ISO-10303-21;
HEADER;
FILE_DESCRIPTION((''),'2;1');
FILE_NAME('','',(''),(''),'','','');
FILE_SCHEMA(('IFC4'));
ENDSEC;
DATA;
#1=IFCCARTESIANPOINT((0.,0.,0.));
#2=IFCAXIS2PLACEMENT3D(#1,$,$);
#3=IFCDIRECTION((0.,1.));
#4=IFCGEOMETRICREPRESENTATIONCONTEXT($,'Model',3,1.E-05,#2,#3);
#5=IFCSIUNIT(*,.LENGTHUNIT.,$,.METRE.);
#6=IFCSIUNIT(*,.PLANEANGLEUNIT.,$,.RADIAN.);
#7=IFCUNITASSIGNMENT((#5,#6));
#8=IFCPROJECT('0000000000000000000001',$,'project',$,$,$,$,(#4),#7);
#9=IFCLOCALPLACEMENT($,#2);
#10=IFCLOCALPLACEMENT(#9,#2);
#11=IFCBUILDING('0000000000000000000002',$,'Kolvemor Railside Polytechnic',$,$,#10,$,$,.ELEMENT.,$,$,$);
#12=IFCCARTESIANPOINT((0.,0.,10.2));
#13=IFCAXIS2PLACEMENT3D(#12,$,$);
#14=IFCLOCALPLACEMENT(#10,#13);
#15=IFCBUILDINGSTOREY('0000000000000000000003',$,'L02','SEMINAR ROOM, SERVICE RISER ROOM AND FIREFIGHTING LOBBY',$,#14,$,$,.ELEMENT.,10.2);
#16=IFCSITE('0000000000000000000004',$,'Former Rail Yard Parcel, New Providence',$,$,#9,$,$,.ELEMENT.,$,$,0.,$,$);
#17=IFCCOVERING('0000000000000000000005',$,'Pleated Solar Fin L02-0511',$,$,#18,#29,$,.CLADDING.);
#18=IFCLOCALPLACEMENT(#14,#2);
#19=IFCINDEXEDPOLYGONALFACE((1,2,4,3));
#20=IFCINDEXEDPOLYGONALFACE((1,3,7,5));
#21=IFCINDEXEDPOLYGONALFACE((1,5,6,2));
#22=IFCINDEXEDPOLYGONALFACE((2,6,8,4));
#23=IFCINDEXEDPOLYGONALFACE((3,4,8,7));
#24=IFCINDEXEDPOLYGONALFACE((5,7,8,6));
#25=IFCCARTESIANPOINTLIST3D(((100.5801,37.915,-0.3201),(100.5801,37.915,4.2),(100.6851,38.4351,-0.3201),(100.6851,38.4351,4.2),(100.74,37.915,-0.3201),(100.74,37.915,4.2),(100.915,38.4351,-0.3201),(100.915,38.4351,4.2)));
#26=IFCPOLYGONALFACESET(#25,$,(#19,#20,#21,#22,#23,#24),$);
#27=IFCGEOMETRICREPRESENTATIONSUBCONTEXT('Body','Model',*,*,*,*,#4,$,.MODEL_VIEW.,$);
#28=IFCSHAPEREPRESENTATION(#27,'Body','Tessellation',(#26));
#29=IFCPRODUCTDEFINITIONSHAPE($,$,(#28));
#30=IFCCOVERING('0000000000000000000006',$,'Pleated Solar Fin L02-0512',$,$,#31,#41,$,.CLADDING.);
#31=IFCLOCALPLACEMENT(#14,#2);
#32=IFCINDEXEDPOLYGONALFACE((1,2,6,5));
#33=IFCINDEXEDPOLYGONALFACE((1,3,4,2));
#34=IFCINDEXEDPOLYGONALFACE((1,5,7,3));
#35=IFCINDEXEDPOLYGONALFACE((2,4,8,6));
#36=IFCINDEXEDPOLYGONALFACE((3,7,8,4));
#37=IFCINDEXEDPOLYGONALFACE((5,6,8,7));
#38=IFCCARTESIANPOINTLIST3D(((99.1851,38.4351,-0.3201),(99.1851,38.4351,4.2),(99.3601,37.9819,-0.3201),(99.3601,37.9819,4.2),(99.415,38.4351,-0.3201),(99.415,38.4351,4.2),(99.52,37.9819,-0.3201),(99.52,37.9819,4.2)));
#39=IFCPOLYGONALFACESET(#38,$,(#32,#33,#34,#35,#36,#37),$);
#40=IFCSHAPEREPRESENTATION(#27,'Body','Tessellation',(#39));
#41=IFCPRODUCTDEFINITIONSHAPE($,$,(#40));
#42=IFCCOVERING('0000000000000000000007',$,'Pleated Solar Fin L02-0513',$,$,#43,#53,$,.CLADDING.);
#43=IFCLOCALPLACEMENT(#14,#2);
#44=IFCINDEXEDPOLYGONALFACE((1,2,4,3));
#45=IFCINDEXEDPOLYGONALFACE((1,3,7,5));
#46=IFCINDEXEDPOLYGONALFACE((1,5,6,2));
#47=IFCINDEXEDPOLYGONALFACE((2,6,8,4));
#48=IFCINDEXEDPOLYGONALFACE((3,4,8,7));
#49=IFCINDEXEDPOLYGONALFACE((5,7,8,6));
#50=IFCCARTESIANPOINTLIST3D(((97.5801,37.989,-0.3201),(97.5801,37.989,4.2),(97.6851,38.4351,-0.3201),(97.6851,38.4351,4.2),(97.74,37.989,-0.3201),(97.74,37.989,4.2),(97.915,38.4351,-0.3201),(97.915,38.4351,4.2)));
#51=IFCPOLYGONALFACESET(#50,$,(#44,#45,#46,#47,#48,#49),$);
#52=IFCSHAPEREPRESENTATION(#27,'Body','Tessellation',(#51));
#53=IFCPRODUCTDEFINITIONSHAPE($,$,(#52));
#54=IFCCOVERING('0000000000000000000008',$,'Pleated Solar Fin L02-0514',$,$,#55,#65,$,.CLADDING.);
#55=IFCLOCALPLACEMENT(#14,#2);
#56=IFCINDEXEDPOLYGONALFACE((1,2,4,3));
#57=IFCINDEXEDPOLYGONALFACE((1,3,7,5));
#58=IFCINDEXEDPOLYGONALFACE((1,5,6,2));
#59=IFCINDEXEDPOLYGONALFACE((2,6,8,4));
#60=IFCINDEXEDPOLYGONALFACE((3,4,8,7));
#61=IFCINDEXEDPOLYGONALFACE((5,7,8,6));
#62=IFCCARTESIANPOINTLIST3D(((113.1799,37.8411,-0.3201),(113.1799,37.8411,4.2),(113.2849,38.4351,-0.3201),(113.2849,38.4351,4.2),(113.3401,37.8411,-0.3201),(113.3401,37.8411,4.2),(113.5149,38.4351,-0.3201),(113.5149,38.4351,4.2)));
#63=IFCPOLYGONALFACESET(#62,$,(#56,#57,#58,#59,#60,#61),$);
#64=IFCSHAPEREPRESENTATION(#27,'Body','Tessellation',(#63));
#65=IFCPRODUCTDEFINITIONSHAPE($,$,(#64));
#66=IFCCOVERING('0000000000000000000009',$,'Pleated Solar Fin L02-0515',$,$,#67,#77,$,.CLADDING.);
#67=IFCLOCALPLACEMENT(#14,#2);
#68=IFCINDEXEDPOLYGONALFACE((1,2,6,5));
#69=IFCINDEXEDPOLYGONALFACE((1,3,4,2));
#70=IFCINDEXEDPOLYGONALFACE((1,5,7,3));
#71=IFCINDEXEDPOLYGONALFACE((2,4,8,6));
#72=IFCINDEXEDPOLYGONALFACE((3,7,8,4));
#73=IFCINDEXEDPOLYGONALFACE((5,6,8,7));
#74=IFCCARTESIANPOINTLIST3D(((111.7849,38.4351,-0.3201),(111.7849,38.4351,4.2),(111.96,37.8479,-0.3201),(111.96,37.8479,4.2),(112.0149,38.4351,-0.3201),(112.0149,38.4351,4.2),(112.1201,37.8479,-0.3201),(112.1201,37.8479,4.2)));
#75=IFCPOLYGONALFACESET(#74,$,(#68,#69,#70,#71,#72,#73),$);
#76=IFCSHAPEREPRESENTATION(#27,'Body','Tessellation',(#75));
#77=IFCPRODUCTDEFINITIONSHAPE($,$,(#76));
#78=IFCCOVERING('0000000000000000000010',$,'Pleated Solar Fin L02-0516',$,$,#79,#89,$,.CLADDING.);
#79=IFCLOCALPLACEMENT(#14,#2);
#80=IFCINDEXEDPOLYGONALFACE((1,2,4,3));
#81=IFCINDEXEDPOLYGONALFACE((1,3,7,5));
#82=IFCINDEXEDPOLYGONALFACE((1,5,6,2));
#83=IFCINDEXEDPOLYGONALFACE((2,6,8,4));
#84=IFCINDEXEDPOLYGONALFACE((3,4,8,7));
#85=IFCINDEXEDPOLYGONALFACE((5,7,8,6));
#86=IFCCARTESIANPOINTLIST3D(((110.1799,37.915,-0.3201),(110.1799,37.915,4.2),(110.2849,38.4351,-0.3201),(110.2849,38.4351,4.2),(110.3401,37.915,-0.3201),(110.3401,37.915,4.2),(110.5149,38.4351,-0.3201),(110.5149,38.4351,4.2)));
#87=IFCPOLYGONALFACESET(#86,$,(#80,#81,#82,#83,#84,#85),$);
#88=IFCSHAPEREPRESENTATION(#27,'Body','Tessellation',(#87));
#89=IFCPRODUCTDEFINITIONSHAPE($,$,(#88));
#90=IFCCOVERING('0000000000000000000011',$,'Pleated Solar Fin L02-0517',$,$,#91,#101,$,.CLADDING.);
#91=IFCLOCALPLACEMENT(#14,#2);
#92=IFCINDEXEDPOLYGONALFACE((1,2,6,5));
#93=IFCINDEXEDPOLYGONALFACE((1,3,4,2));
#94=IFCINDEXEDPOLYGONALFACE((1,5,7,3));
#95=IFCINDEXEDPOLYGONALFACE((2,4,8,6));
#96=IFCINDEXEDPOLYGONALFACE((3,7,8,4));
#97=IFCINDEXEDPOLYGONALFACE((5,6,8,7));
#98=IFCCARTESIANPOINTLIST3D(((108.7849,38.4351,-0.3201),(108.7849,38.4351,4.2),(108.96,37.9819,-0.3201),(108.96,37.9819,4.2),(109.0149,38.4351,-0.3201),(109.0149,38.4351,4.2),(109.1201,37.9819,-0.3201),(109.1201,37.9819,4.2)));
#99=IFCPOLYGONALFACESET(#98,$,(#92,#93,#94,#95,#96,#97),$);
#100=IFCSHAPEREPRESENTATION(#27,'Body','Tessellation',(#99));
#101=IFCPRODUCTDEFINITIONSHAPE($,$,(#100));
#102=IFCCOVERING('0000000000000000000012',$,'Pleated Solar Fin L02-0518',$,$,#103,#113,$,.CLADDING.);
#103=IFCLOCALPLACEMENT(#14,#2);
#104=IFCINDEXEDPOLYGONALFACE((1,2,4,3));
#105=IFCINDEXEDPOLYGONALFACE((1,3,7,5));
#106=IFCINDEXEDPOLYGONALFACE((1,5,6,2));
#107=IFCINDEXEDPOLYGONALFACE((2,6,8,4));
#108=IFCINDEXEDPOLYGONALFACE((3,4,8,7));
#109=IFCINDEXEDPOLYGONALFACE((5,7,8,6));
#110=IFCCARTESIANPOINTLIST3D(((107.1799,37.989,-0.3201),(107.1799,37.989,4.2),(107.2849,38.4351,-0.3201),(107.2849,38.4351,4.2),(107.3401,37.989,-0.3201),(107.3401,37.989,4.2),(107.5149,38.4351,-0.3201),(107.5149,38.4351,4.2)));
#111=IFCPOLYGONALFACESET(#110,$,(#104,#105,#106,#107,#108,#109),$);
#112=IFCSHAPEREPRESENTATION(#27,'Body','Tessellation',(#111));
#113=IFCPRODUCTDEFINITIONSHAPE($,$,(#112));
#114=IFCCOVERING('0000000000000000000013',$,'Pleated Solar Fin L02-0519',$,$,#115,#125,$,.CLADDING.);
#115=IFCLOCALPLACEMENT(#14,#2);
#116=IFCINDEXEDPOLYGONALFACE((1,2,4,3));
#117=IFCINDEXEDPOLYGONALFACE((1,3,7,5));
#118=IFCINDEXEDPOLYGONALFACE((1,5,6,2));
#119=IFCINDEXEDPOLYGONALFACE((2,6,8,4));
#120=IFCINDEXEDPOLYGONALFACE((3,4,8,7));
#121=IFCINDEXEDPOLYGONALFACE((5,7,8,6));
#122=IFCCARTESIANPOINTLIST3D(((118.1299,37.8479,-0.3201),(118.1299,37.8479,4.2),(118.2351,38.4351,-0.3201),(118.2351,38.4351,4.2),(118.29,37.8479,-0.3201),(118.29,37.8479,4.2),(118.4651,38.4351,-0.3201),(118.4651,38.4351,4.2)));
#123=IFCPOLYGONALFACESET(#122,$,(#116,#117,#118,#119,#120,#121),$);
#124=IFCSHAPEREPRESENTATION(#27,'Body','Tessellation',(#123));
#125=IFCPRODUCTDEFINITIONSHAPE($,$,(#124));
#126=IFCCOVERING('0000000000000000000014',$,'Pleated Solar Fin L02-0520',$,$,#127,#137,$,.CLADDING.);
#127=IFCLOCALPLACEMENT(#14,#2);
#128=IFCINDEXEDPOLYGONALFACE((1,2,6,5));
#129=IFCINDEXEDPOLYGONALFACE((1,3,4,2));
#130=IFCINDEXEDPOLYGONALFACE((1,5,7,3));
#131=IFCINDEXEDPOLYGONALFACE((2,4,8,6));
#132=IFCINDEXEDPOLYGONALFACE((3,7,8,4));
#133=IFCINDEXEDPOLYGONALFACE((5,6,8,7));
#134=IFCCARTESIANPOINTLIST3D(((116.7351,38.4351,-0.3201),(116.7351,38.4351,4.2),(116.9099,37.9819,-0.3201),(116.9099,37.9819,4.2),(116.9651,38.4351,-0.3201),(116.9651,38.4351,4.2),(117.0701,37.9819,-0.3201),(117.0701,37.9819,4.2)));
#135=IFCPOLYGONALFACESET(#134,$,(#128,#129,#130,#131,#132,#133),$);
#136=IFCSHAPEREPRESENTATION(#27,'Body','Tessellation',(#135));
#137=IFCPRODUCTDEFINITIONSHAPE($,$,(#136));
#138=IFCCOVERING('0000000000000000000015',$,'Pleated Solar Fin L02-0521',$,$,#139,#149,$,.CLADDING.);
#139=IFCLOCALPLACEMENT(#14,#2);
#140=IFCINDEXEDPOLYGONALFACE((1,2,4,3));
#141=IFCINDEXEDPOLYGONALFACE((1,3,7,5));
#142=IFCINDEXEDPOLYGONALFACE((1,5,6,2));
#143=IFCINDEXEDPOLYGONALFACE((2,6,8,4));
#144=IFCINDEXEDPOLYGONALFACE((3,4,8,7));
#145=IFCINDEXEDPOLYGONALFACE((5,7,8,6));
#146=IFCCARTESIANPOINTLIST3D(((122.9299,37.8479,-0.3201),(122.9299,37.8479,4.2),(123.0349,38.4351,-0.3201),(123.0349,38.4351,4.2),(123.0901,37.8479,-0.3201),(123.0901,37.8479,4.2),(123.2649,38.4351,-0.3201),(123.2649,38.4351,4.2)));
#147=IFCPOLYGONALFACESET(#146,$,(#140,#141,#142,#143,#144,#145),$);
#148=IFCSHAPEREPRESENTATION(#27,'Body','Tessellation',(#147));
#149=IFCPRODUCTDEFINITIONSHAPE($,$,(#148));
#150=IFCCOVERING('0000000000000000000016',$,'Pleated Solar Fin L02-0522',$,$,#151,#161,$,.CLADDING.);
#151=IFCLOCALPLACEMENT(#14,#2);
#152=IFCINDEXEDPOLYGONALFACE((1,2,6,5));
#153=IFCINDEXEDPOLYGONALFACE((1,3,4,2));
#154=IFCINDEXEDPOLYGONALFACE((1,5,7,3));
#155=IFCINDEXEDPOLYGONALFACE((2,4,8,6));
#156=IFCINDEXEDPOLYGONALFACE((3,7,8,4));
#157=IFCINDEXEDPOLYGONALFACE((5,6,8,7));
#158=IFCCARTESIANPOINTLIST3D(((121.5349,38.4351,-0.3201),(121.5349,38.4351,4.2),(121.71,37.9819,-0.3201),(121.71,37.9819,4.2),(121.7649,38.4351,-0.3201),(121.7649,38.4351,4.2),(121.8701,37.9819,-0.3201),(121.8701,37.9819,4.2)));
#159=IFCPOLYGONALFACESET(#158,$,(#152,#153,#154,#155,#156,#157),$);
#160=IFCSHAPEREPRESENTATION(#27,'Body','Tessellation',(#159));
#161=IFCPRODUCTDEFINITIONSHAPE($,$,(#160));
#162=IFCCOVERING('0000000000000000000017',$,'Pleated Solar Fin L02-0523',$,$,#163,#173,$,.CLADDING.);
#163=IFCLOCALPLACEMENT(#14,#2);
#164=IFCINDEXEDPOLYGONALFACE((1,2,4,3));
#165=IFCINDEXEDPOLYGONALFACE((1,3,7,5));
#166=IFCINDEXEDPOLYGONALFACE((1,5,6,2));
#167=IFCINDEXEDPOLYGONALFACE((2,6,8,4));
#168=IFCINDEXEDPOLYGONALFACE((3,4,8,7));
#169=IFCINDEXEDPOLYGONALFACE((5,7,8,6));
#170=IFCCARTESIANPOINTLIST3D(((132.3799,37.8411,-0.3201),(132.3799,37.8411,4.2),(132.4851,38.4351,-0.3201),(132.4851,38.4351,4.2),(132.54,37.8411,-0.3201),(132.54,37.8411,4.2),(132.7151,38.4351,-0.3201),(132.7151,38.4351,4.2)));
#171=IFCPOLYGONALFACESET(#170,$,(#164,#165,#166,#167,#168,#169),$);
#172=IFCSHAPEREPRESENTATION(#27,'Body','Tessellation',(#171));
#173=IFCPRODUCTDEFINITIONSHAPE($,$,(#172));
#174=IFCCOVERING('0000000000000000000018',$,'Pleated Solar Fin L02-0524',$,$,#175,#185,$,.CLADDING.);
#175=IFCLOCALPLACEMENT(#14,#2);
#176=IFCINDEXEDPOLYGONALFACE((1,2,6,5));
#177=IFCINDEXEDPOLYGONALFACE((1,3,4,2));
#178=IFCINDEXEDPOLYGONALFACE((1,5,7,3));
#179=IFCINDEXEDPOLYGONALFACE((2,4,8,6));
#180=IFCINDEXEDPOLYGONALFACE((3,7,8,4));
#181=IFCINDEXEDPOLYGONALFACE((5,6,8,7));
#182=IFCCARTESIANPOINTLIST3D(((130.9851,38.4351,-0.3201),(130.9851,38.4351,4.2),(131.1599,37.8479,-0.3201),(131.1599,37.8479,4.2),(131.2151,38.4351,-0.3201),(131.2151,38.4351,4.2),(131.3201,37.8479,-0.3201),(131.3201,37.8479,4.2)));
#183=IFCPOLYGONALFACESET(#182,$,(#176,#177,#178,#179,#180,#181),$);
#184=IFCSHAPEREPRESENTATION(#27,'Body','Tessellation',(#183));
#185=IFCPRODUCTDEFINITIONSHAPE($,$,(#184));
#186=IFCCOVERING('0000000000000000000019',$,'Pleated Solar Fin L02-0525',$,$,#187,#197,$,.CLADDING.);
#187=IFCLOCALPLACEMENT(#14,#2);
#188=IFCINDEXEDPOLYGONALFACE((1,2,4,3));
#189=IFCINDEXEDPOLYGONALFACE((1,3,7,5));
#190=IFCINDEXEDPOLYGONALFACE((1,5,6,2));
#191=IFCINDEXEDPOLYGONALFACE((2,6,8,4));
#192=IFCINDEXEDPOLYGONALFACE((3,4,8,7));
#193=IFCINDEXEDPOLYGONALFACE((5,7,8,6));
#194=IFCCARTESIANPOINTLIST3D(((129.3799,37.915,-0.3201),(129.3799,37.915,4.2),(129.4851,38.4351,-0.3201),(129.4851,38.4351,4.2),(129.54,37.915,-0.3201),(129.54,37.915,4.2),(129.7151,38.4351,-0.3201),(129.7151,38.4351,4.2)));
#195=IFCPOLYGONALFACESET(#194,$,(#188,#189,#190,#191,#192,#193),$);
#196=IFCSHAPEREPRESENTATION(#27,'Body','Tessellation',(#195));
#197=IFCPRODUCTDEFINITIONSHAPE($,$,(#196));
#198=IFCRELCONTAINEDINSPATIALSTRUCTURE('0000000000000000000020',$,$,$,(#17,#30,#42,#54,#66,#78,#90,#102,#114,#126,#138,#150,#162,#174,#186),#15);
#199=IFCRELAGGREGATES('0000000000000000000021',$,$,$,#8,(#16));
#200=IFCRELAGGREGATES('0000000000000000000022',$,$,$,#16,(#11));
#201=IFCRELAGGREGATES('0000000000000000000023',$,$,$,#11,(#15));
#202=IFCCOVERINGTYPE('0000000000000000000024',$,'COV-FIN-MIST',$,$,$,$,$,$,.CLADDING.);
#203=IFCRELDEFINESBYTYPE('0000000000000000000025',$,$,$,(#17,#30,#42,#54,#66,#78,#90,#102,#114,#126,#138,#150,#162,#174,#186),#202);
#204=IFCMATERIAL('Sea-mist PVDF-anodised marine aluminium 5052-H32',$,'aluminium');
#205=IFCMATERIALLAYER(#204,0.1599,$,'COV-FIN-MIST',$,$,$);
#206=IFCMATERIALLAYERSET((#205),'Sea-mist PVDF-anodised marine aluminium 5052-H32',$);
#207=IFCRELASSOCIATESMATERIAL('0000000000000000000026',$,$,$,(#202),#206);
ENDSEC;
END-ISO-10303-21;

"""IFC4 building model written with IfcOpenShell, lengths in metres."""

from ifc_helpers import new_model, si_unit, direction, frame, origin, place, context, subcontext, project, spatial, polyline, outline, extrude, material, layer, layer_set, type_object, element, save


model = new_model("IFC4")

# Units and contexts
model_context = context("Model", 3, precision=1e-05, world=origin(), true_north=direction((0.0, 1.0)))
body_context = subcontext(model_context, "Body", "Model", "MODEL_VIEW")
ifc_project = project(units=[si_unit("LENGTHUNIT", "METRE"), si_unit("PLANEANGLEUNIT", "RADIAN")], contexts=[model_context])

# Site, building, storey
site_placement = place(None, origin())
site = spatial("IfcSite", under=ifc_project, at=site_placement, Name="Former Rail Yard Parcel, New Providence", CompositionType="ELEMENT", RefElevation=0.0)
building_placement = place(site_placement, origin())
building = spatial("IfcBuilding", under=site, at=building_placement, Name="Kolvemor Railside Polytechnic", CompositionType="ELEMENT")
storey_placement = place(building_placement, frame((0.0, 0.0, 10.2)))
storey = spatial("IfcBuildingStorey", under=building, at=storey_placement, Name="L02", Description="SEMINAR ROOM, SERVICE RISER ROOM AND FIREFIGHTING LOBBY", CompositionType="ELEMENT", Elevation=10.2)

# Coverings
ifc_material_1 = material(Name="Sea-mist PVDF-anodised marine aluminium 5052-H32", Category="aluminium")
ifc_layer_1 = layer(ifc_material_1, 0.1599, Name="COV-FIN-MIST")
ifc_layer_set_1 = layer_set([ifc_layer_1], Name="Sea-mist PVDF-anodised marine aluminium 5052-H32")
covering_type_1 = type_object("IfcCoveringType", Name="COV-FIN-MIST", PredefinedType="CLADDING", material=ifc_layer_set_1)
covering_1_placement = place(storey_placement, frame((0.0, 0.0, -0.3201)))
element("IfcCovering", 1, at=covering_1_placement, inside=storey, type_object=covering_type_1, Name="Pleated Solar Fin L02-0511", PredefinedType="CLADDING", context=body_context, shape_type="SweptSolid", body=[
    extrude(outline(polyline([(100.915, 38.4351), (100.6851, 38.4351), (100.5801, 37.915), (100.74, 37.915), (100.915, 38.4351)])), origin(), (0.0, 0.0, 1.0), 4.52),
])
covering_2_placement = place(storey_placement, frame((0.0, 0.0, -0.3201)))
element("IfcCovering", 2, at=covering_2_placement, inside=storey, type_object=covering_type_1, Name="Pleated Solar Fin L02-0512", PredefinedType="CLADDING", context=body_context, shape_type="SweptSolid", body=[
    extrude(outline(polyline([(99.415, 38.4351), (99.1851, 38.4351), (99.3601, 37.9819), (99.52, 37.9819), (99.415, 38.4351)])), origin(), (0.0, 0.0, 1.0), 4.52),
])
covering_3_placement = place(storey_placement, frame((0.0, 0.0, -0.3201)))
element("IfcCovering", 3, at=covering_3_placement, inside=storey, type_object=covering_type_1, Name="Pleated Solar Fin L02-0513", PredefinedType="CLADDING", context=body_context, shape_type="SweptSolid", body=[
    extrude(outline(polyline([(97.915, 38.4351), (97.6851, 38.4351), (97.5801, 37.989), (97.74, 37.989), (97.915, 38.4351)])), origin(), (0.0, 0.0, 1.0), 4.52),
])
covering_4_placement = place(storey_placement, frame((0.0, 0.0, -0.3201)))
element("IfcCovering", 4, at=covering_4_placement, inside=storey, type_object=covering_type_1, Name="Pleated Solar Fin L02-0514", PredefinedType="CLADDING", context=body_context, shape_type="SweptSolid", body=[
    extrude(outline(polyline([(113.5149, 38.4351), (113.2849, 38.4351), (113.1799, 37.8411), (113.3401, 37.8411), (113.5149, 38.4351)])), origin(), (0.0, 0.0, 1.0), 4.52),
])
covering_5_placement = place(storey_placement, frame((0.0, 0.0, -0.3201)))
element("IfcCovering", 5, at=covering_5_placement, inside=storey, type_object=covering_type_1, Name="Pleated Solar Fin L02-0515", PredefinedType="CLADDING", context=body_context, shape_type="SweptSolid", body=[
    extrude(outline(polyline([(112.0149, 38.4351), (111.7849, 38.4351), (111.96, 37.8479), (112.1201, 37.8479), (112.0149, 38.4351)])), origin(), (0.0, 0.0, 1.0), 4.52),
])
covering_6_placement = place(storey_placement, frame((0.0, 0.0, -0.3201)))
element("IfcCovering", 6, at=covering_6_placement, inside=storey, type_object=covering_type_1, Name="Pleated Solar Fin L02-0516", PredefinedType="CLADDING", context=body_context, shape_type="SweptSolid", body=[
    extrude(outline(polyline([(110.5149, 38.4351), (110.2849, 38.4351), (110.1799, 37.915), (110.3401, 37.915), (110.5149, 38.4351)])), origin(), (0.0, 0.0, 1.0), 4.52),
])
covering_7_placement = place(storey_placement, frame((0.0, 0.0, -0.3201)))
element("IfcCovering", 7, at=covering_7_placement, inside=storey, type_object=covering_type_1, Name="Pleated Solar Fin L02-0517", PredefinedType="CLADDING", context=body_context, shape_type="SweptSolid", body=[
    extrude(outline(polyline([(109.0149, 38.4351), (108.7849, 38.4351), (108.96, 37.9819), (109.1201, 37.9819), (109.0149, 38.4351)])), origin(), (0.0, 0.0, 1.0), 4.52),
])
covering_8_placement = place(storey_placement, frame((0.0, 0.0, -0.3201)))
element("IfcCovering", 8, at=covering_8_placement, inside=storey, type_object=covering_type_1, Name="Pleated Solar Fin L02-0518", PredefinedType="CLADDING", context=body_context, shape_type="SweptSolid", body=[
    extrude(outline(polyline([(107.5149, 38.4351), (107.2849, 38.4351), (107.1799, 37.989), (107.3401, 37.989), (107.5149, 38.4351)])), origin(), (0.0, 0.0, 1.0), 4.52),
])
covering_9_placement = place(storey_placement, frame((0.0, 0.0, -0.3201)))
element("IfcCovering", 9, at=covering_9_placement, inside=storey, type_object=covering_type_1, Name="Pleated Solar Fin L02-0519", PredefinedType="CLADDING", context=body_context, shape_type="SweptSolid", body=[
    extrude(outline(polyline([(118.4651, 38.4351), (118.2351, 38.4351), (118.1299, 37.8479), (118.29, 37.8479), (118.4651, 38.4351)])), origin(), (0.0, 0.0, 1.0), 4.52),
])
covering_10_placement = place(storey_placement, frame((0.0, 0.0, -0.3201)))
element("IfcCovering", 10, at=covering_10_placement, inside=storey, type_object=covering_type_1, Name="Pleated Solar Fin L02-0520", PredefinedType="CLADDING", context=body_context, shape_type="SweptSolid", body=[
    extrude(outline(polyline([(116.9651, 38.4351), (116.7351, 38.4351), (116.9099, 37.9819), (117.0701, 37.9819), (116.9651, 38.4351)])), origin(), (0.0, 0.0, 1.0), 4.52),
])
covering_11_placement = place(storey_placement, frame((0.0, 0.0, -0.3201)))
element("IfcCovering", 11, at=covering_11_placement, inside=storey, type_object=covering_type_1, Name="Pleated Solar Fin L02-0521", PredefinedType="CLADDING", context=body_context, shape_type="SweptSolid", body=[
    extrude(outline(polyline([(123.2649, 38.4351), (123.0349, 38.4351), (122.9299, 37.8479), (123.0901, 37.8479), (123.2649, 38.4351)])), origin(), (0.0, 0.0, 1.0), 4.52),
])
covering_12_placement = place(storey_placement, frame((0.0, 0.0, -0.3201)))
element("IfcCovering", 12, at=covering_12_placement, inside=storey, type_object=covering_type_1, Name="Pleated Solar Fin L02-0522", PredefinedType="CLADDING", context=body_context, shape_type="SweptSolid", body=[
    extrude(outline(polyline([(121.7649, 38.4351), (121.5349, 38.4351), (121.71, 37.9819), (121.8701, 37.9819), (121.7649, 38.4351)])), origin(), (0.0, 0.0, 1.0), 4.52),
])
covering_13_placement = place(storey_placement, frame((0.0, 0.0, -0.3201)))
element("IfcCovering", 13, at=covering_13_placement, inside=storey, type_object=covering_type_1, Name="Pleated Solar Fin L02-0523", PredefinedType="CLADDING", context=body_context, shape_type="SweptSolid", body=[
    extrude(outline(polyline([(132.7151, 38.4351), (132.4851, 38.4351), (132.3799, 37.8411), (132.54, 37.8411), (132.7151, 38.4351)])), origin(), (0.0, 0.0, 1.0), 4.52),
])
covering_14_placement = place(storey_placement, frame((0.0, 0.0, -0.3201)))
element("IfcCovering", 14, at=covering_14_placement, inside=storey, type_object=covering_type_1, Name="Pleated Solar Fin L02-0524", PredefinedType="CLADDING", context=body_context, shape_type="SweptSolid", body=[
    extrude(outline(polyline([(131.2151, 38.4351), (130.9851, 38.4351), (131.1599, 37.8479), (131.3201, 37.8479), (131.2151, 38.4351)])), origin(), (0.0, 0.0, 1.0), 4.52),
])
covering_15_placement = place(storey_placement, frame((0.0, 0.0, -0.3201)))
element("IfcCovering", 15, at=covering_15_placement, inside=storey, type_object=covering_type_1, Name="Pleated Solar Fin L02-0525", PredefinedType="CLADDING", context=body_context, shape_type="SweptSolid", body=[
    extrude(outline(polyline([(129.7151, 38.4351), (129.4851, 38.4351), (129.3799, 37.915), (129.54, 37.915), (129.7151, 38.4351)])), origin(), (0.0, 0.0, 1.0), 4.52),
])

save(model, "model.ifc")
